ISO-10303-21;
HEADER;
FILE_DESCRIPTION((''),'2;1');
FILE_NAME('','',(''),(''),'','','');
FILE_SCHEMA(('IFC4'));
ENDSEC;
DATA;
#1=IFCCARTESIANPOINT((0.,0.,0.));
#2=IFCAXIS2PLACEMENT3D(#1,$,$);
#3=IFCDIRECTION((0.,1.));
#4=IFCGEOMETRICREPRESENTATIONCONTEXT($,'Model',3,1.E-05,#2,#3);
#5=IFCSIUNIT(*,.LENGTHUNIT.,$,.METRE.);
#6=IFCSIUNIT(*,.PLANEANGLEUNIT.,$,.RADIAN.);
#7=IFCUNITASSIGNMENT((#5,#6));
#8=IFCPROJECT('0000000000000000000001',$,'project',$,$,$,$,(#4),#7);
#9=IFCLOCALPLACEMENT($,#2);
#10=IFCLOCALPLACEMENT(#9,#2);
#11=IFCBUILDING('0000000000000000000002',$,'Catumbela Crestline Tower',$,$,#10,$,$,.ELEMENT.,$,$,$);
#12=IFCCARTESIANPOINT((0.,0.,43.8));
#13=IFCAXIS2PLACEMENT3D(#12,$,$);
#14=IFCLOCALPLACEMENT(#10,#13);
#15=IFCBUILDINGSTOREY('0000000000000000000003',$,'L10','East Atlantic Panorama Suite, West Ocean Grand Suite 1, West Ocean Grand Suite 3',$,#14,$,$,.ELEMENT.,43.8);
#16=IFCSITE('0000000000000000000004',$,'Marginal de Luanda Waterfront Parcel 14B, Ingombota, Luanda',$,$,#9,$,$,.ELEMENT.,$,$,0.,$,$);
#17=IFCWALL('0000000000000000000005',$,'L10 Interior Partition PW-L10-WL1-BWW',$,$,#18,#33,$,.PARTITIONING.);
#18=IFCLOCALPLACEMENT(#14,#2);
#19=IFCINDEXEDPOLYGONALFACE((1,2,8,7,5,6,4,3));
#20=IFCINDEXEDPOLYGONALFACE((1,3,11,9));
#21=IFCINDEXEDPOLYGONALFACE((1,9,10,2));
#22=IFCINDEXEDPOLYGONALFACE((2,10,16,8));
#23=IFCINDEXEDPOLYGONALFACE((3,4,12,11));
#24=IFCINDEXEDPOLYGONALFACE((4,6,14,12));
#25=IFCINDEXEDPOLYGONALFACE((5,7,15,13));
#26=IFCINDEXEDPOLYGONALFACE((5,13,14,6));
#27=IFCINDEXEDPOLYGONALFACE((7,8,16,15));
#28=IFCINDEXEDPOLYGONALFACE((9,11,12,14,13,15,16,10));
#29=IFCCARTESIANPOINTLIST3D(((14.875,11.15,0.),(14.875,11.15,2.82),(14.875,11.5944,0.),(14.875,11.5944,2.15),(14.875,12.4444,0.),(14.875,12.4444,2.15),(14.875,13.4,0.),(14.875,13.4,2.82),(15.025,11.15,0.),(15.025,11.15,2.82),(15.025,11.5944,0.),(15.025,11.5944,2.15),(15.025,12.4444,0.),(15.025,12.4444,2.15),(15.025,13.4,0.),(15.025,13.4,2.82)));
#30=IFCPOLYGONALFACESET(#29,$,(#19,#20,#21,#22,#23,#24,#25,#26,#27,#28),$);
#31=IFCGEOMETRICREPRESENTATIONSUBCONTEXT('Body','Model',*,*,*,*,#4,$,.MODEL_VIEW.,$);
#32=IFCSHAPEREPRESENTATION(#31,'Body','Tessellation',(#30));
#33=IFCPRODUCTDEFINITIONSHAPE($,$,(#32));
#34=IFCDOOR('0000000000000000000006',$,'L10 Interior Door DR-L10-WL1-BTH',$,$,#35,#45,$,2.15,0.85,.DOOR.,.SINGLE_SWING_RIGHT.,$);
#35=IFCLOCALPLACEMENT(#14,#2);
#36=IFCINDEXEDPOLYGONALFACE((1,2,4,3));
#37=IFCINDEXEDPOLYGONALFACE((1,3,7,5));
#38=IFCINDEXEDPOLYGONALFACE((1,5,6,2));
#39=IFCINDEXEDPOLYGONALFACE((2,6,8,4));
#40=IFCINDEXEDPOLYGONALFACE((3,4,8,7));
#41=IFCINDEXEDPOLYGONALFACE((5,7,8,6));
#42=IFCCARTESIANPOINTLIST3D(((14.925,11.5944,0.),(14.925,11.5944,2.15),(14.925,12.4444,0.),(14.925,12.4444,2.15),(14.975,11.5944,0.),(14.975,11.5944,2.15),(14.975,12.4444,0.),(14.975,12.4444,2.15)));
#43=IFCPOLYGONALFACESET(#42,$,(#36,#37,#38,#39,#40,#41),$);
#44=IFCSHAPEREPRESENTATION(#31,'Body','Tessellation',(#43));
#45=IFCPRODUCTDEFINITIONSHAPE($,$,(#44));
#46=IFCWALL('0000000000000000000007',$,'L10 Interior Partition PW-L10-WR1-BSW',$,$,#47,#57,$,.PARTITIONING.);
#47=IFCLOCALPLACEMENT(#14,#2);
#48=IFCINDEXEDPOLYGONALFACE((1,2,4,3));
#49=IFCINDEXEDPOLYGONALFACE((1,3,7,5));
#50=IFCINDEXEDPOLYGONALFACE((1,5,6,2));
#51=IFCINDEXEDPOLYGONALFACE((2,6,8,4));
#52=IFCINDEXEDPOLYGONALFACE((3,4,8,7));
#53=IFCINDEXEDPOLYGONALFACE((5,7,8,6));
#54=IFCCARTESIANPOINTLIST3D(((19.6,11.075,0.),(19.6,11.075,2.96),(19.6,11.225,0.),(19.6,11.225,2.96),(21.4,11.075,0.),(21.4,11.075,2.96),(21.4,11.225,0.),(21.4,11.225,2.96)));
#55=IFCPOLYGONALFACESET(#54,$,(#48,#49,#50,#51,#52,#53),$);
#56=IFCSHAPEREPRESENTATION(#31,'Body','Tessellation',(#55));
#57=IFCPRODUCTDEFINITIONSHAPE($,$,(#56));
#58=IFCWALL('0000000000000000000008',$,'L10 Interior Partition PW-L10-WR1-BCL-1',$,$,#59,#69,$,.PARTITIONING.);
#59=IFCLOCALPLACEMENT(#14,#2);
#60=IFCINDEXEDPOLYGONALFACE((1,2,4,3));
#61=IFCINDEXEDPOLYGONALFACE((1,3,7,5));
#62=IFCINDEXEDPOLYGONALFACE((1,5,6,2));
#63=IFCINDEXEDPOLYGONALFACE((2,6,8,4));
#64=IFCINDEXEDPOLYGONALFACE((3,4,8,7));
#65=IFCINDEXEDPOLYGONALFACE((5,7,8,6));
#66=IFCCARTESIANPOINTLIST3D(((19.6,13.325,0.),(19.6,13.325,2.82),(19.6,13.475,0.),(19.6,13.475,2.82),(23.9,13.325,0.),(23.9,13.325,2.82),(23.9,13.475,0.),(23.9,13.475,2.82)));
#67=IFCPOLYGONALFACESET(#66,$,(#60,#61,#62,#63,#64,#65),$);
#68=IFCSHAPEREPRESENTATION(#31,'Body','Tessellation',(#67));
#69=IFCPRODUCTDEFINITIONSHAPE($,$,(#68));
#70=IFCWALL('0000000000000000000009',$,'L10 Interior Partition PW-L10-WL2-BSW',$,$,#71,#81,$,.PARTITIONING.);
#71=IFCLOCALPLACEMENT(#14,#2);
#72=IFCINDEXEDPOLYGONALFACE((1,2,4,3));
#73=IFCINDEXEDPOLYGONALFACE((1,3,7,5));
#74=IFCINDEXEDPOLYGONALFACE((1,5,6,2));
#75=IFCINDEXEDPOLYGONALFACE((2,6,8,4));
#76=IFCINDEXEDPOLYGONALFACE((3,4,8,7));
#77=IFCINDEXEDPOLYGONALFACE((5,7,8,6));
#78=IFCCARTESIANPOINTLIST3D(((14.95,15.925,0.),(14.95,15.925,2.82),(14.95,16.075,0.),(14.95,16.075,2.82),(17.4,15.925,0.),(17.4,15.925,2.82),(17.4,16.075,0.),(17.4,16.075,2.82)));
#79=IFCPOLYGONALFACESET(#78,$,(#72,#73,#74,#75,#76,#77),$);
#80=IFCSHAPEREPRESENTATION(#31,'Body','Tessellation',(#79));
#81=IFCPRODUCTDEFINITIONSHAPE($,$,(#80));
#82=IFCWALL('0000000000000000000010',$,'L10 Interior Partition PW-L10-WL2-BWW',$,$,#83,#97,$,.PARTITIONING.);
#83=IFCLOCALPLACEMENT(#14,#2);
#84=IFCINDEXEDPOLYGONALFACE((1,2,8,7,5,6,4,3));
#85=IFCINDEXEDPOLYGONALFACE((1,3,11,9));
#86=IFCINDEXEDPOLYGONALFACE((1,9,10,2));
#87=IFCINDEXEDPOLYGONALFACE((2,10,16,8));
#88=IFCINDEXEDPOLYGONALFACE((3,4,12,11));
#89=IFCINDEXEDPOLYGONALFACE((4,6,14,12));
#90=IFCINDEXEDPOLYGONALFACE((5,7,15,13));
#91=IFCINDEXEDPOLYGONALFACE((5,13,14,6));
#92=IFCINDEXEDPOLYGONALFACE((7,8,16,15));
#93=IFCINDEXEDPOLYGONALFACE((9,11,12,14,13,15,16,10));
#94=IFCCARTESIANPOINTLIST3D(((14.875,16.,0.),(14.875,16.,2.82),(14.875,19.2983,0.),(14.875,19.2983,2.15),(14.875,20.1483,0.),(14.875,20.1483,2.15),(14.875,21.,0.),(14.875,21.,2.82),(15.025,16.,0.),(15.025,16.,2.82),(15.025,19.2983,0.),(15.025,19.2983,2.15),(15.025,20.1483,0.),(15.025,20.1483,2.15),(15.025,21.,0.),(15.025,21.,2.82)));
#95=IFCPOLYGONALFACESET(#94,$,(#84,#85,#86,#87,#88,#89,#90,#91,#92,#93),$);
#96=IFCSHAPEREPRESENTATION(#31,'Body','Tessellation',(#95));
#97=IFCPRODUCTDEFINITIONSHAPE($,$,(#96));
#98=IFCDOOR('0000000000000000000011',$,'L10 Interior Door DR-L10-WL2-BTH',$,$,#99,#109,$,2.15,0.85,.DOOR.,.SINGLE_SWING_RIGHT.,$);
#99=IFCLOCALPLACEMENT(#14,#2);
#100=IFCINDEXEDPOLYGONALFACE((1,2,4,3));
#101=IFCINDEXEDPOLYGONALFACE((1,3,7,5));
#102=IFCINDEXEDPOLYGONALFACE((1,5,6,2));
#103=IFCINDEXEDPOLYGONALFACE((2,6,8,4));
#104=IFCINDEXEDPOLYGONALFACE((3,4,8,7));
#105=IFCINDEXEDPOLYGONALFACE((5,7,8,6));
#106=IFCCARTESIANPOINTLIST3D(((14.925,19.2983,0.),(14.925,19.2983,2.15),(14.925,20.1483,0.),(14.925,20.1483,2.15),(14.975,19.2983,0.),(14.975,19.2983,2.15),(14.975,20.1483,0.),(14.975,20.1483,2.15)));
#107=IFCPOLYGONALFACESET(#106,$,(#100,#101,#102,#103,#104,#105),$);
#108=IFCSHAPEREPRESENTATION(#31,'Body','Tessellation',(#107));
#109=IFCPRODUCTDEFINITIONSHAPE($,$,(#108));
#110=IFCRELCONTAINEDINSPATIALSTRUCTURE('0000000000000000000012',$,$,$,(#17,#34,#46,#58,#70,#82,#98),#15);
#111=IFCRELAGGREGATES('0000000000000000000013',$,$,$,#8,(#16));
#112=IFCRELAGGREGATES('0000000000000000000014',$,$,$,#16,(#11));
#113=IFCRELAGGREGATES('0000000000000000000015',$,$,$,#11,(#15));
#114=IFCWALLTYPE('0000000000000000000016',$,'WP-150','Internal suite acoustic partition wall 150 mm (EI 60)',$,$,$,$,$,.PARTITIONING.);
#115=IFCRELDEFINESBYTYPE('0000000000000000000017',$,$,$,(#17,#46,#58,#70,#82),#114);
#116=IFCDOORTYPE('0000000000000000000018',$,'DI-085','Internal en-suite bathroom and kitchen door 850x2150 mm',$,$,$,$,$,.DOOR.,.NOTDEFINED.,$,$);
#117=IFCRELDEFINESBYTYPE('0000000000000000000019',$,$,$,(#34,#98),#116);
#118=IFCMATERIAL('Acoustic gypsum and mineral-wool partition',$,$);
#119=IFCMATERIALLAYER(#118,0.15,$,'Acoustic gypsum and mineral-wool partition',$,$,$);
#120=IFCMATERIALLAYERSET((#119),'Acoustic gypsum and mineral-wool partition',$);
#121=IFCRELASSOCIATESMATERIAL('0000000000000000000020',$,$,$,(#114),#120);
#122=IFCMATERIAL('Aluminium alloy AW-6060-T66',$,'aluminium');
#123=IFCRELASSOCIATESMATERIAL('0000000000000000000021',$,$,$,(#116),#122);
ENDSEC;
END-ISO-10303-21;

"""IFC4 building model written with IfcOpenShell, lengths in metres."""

from ifc_helpers import new_model, si_unit, direction, frame, frame_2d, origin, place, context, subcontext, project, spatial, rectangle, extrude, material, layer, layer_set, type_object, element, fill, save


model = new_model("IFC4")

# Units and contexts
model_context = context("Model", 3, precision=1e-05, world=origin(), true_north=direction((0.0, 1.0)))
body_context = subcontext(model_context, "Body", "Model", "MODEL_VIEW")
ifc_project = project(units=[si_unit("LENGTHUNIT", "METRE"), si_unit("PLANEANGLEUNIT", "RADIAN")], contexts=[model_context])

# Site, building, storey
site_placement = place(None, origin())
site = spatial("IfcSite", under=ifc_project, at=site_placement, Name="Marginal de Luanda Waterfront Parcel 14B, Ingombota, Luanda", CompositionType="ELEMENT", RefElevation=0.0)
building_placement = place(site_placement, origin())
building = spatial("IfcBuilding", under=site, at=building_placement, Name="Catumbela Crestline Tower", CompositionType="ELEMENT")
storey_placement = place(building_placement, frame((0.0, 0.0, 43.8)))
storey = spatial("IfcBuildingStorey", under=building, at=storey_placement, Name="L10", Description="East Atlantic Panorama Suite, West Ocean Grand Suite 1, West Ocean Grand Suite 3", CompositionType="ELEMENT", Elevation=43.8)

# Shared definitions
ifc_material_1 = material(Name="Acoustic gypsum and mineral-wool partition")
ifc_layer = layer(ifc_material_1, 0.15, Name="Acoustic gypsum and mineral-wool partition")
ifc_layer_set = layer_set([ifc_layer], Name="Acoustic gypsum and mineral-wool partition")
wall_type = type_object("IfcWallType", Name="WP-150", Description="Internal suite acoustic partition wall 150 mm (EI 60)", PredefinedType="PARTITIONING", material=ifc_layer_set)

# Wall, opening, door
wall_1_placement = place(storey_placement, frame((14.95, 11.15, 0.0), z_axis=(0.0, 0.0, 1.0), x_axis=(0.0, 1.0, 0.0)))
wall_1 = element("IfcWall", 1, at=wall_1_placement, inside=storey, type_object=wall_type, Name="L10 Interior Partition PW-L10-WL1-BWW", PredefinedType="PARTITIONING", context=body_context, shape_type="SweptSolid", body=[
    extrude(rectangle(XDim=2.25, YDim=0.15, at=frame_2d((1.125, 0.0))), origin(), (0.0, 0.0, 1.0), 2.82),
])
opening_1_placement = place(wall_1_placement, frame((0.4444, 0.0, 0.0)))
opening_1 = element("IfcOpeningElement", 2, at=opening_1_placement, cuts=wall_1, PredefinedType="OPENING", context=body_context, shape_type="SweptSolid", body=[
    extrude(rectangle(XDim=0.85, YDim=2.15, at=frame_2d((0.425, 1.075))), frame((0.0, 0.085, 0.0), z_axis=(0.0, -1.0, 0.0), x_axis=(1.0, 0.0, 0.0)), (0.0, 0.0, 1.0), 0.17),
])
ifc_material_2 = material(Name="Aluminium alloy AW-6060-T66", Category="aluminium")
door_type = type_object("IfcDoorType", Name="DI-085", Description="Internal en-suite bathroom and kitchen door 850x2150 mm", OperationType="NOTDEFINED", PredefinedType="DOOR", material=ifc_material_2)
door_1_placement = place(opening_1_placement, origin())
door_1 = element("IfcDoor", 3, at=door_1_placement, inside=storey, type_object=door_type, Name="L10 Interior Door DR-L10-WL1-BTH", OperationType="SINGLE_SWING_RIGHT", OverallHeight=2.15, OverallWidth=0.85, PredefinedType="DOOR", context=body_context, shape_type="SweptSolid", body=[
    extrude(rectangle(XDim=0.85, YDim=2.15, at=frame_2d((0.425, 1.075))), frame((0.0, 0.025, 0.0), z_axis=(0.0, -1.0, 0.0), x_axis=(1.0, 0.0, 0.0)), (0.0, 0.0, 1.0), 0.05),
])
fill(opening_1, door_1)

# Walls
wall_2_placement = place(storey_placement, frame((19.6, 11.15, 0.0), z_axis=(0.0, 0.0, 1.0), x_axis=(1.0, 0.0, 0.0)))
element("IfcWall", 4, at=wall_2_placement, inside=storey, type_object=wall_type, Name="L10 Interior Partition PW-L10-WR1-BSW", PredefinedType="PARTITIONING", context=body_context, shape_type="SweptSolid", body=[
    extrude(rectangle(XDim=1.8, YDim=0.15, at=frame_2d((0.9, 0.0))), origin(), (0.0, 0.0, 1.0), 2.96),
])
wall_3_placement = place(storey_placement, frame((19.6, 13.4, 0.0), z_axis=(0.0, 0.0, 1.0), x_axis=(1.0, 0.0, 0.0)))
element("IfcWall", 5, at=wall_3_placement, inside=storey, type_object=wall_type, Name="L10 Interior Partition PW-L10-WR1-BCL-1", PredefinedType="PARTITIONING", context=body_context, shape_type="SweptSolid", body=[
    extrude(rectangle(XDim=4.3, YDim=0.15, at=frame_2d((2.15, 0.0))), origin(), (0.0, 0.0, 1.0), 2.82),
])
wall_4_placement = place(storey_placement, frame((14.95, 16.0, 0.0), z_axis=(0.0, 0.0, 1.0), x_axis=(1.0, 0.0, 0.0)))
element("IfcWall", 6, at=wall_4_placement, inside=storey, type_object=wall_type, Name="L10 Interior Partition PW-L10-WL2-BSW", PredefinedType="PARTITIONING", context=body_context, shape_type="SweptSolid", body=[
    extrude(rectangle(XDim=2.45, YDim=0.15, at=frame_2d((1.225, 0.0))), origin(), (0.0, 0.0, 1.0), 2.82),
])

# Wall, opening, door
wall_5_placement = place(storey_placement, frame((14.95, 16.0, 0.0), z_axis=(0.0, 0.0, 1.0), x_axis=(0.0, 1.0, 0.0)))
wall_5 = element("IfcWall", 7, at=wall_5_placement, inside=storey, type_object=wall_type, Name="L10 Interior Partition PW-L10-WL2-BWW", PredefinedType="PARTITIONING", context=body_context, shape_type="SweptSolid", body=[
    extrude(rectangle(XDim=5.0, YDim=0.15, at=frame_2d((2.5, 0.0))), origin(), (0.0, 0.0, 1.0), 2.82),
])
opening_2_placement = place(wall_5_placement, frame((3.2983, 0.0, 0.0)))
opening_2 = element("IfcOpeningElement", 8, at=opening_2_placement, cuts=wall_5, PredefinedType="OPENING", context=body_context, shape_type="SweptSolid", body=[
    extrude(rectangle(XDim=0.85, YDim=2.15, at=frame_2d((0.425, 1.075))), frame((0.0, 0.085, 0.0), z_axis=(0.0, -1.0, 0.0), x_axis=(1.0, 0.0, 0.0)), (0.0, 0.0, 1.0), 0.17),
])
door_2_placement = place(opening_2_placement, origin())
door_2 = element("IfcDoor", 9, at=door_2_placement, inside=storey, type_object=door_type, Name="L10 Interior Door DR-L10-WL2-BTH", OperationType="SINGLE_SWING_RIGHT", OverallHeight=2.15, OverallWidth=0.85, PredefinedType="DOOR", context=body_context, shape_type="SweptSolid", body=[
    extrude(rectangle(XDim=0.85, YDim=2.15, at=frame_2d((0.425, 1.075))), frame((0.0, 0.025, 0.0), z_axis=(0.0, -1.0, 0.0), x_axis=(1.0, 0.0, 0.0)), (0.0, 0.0, 1.0), 0.05),
])
fill(opening_2, door_2)

save(model, "model.ifc")
